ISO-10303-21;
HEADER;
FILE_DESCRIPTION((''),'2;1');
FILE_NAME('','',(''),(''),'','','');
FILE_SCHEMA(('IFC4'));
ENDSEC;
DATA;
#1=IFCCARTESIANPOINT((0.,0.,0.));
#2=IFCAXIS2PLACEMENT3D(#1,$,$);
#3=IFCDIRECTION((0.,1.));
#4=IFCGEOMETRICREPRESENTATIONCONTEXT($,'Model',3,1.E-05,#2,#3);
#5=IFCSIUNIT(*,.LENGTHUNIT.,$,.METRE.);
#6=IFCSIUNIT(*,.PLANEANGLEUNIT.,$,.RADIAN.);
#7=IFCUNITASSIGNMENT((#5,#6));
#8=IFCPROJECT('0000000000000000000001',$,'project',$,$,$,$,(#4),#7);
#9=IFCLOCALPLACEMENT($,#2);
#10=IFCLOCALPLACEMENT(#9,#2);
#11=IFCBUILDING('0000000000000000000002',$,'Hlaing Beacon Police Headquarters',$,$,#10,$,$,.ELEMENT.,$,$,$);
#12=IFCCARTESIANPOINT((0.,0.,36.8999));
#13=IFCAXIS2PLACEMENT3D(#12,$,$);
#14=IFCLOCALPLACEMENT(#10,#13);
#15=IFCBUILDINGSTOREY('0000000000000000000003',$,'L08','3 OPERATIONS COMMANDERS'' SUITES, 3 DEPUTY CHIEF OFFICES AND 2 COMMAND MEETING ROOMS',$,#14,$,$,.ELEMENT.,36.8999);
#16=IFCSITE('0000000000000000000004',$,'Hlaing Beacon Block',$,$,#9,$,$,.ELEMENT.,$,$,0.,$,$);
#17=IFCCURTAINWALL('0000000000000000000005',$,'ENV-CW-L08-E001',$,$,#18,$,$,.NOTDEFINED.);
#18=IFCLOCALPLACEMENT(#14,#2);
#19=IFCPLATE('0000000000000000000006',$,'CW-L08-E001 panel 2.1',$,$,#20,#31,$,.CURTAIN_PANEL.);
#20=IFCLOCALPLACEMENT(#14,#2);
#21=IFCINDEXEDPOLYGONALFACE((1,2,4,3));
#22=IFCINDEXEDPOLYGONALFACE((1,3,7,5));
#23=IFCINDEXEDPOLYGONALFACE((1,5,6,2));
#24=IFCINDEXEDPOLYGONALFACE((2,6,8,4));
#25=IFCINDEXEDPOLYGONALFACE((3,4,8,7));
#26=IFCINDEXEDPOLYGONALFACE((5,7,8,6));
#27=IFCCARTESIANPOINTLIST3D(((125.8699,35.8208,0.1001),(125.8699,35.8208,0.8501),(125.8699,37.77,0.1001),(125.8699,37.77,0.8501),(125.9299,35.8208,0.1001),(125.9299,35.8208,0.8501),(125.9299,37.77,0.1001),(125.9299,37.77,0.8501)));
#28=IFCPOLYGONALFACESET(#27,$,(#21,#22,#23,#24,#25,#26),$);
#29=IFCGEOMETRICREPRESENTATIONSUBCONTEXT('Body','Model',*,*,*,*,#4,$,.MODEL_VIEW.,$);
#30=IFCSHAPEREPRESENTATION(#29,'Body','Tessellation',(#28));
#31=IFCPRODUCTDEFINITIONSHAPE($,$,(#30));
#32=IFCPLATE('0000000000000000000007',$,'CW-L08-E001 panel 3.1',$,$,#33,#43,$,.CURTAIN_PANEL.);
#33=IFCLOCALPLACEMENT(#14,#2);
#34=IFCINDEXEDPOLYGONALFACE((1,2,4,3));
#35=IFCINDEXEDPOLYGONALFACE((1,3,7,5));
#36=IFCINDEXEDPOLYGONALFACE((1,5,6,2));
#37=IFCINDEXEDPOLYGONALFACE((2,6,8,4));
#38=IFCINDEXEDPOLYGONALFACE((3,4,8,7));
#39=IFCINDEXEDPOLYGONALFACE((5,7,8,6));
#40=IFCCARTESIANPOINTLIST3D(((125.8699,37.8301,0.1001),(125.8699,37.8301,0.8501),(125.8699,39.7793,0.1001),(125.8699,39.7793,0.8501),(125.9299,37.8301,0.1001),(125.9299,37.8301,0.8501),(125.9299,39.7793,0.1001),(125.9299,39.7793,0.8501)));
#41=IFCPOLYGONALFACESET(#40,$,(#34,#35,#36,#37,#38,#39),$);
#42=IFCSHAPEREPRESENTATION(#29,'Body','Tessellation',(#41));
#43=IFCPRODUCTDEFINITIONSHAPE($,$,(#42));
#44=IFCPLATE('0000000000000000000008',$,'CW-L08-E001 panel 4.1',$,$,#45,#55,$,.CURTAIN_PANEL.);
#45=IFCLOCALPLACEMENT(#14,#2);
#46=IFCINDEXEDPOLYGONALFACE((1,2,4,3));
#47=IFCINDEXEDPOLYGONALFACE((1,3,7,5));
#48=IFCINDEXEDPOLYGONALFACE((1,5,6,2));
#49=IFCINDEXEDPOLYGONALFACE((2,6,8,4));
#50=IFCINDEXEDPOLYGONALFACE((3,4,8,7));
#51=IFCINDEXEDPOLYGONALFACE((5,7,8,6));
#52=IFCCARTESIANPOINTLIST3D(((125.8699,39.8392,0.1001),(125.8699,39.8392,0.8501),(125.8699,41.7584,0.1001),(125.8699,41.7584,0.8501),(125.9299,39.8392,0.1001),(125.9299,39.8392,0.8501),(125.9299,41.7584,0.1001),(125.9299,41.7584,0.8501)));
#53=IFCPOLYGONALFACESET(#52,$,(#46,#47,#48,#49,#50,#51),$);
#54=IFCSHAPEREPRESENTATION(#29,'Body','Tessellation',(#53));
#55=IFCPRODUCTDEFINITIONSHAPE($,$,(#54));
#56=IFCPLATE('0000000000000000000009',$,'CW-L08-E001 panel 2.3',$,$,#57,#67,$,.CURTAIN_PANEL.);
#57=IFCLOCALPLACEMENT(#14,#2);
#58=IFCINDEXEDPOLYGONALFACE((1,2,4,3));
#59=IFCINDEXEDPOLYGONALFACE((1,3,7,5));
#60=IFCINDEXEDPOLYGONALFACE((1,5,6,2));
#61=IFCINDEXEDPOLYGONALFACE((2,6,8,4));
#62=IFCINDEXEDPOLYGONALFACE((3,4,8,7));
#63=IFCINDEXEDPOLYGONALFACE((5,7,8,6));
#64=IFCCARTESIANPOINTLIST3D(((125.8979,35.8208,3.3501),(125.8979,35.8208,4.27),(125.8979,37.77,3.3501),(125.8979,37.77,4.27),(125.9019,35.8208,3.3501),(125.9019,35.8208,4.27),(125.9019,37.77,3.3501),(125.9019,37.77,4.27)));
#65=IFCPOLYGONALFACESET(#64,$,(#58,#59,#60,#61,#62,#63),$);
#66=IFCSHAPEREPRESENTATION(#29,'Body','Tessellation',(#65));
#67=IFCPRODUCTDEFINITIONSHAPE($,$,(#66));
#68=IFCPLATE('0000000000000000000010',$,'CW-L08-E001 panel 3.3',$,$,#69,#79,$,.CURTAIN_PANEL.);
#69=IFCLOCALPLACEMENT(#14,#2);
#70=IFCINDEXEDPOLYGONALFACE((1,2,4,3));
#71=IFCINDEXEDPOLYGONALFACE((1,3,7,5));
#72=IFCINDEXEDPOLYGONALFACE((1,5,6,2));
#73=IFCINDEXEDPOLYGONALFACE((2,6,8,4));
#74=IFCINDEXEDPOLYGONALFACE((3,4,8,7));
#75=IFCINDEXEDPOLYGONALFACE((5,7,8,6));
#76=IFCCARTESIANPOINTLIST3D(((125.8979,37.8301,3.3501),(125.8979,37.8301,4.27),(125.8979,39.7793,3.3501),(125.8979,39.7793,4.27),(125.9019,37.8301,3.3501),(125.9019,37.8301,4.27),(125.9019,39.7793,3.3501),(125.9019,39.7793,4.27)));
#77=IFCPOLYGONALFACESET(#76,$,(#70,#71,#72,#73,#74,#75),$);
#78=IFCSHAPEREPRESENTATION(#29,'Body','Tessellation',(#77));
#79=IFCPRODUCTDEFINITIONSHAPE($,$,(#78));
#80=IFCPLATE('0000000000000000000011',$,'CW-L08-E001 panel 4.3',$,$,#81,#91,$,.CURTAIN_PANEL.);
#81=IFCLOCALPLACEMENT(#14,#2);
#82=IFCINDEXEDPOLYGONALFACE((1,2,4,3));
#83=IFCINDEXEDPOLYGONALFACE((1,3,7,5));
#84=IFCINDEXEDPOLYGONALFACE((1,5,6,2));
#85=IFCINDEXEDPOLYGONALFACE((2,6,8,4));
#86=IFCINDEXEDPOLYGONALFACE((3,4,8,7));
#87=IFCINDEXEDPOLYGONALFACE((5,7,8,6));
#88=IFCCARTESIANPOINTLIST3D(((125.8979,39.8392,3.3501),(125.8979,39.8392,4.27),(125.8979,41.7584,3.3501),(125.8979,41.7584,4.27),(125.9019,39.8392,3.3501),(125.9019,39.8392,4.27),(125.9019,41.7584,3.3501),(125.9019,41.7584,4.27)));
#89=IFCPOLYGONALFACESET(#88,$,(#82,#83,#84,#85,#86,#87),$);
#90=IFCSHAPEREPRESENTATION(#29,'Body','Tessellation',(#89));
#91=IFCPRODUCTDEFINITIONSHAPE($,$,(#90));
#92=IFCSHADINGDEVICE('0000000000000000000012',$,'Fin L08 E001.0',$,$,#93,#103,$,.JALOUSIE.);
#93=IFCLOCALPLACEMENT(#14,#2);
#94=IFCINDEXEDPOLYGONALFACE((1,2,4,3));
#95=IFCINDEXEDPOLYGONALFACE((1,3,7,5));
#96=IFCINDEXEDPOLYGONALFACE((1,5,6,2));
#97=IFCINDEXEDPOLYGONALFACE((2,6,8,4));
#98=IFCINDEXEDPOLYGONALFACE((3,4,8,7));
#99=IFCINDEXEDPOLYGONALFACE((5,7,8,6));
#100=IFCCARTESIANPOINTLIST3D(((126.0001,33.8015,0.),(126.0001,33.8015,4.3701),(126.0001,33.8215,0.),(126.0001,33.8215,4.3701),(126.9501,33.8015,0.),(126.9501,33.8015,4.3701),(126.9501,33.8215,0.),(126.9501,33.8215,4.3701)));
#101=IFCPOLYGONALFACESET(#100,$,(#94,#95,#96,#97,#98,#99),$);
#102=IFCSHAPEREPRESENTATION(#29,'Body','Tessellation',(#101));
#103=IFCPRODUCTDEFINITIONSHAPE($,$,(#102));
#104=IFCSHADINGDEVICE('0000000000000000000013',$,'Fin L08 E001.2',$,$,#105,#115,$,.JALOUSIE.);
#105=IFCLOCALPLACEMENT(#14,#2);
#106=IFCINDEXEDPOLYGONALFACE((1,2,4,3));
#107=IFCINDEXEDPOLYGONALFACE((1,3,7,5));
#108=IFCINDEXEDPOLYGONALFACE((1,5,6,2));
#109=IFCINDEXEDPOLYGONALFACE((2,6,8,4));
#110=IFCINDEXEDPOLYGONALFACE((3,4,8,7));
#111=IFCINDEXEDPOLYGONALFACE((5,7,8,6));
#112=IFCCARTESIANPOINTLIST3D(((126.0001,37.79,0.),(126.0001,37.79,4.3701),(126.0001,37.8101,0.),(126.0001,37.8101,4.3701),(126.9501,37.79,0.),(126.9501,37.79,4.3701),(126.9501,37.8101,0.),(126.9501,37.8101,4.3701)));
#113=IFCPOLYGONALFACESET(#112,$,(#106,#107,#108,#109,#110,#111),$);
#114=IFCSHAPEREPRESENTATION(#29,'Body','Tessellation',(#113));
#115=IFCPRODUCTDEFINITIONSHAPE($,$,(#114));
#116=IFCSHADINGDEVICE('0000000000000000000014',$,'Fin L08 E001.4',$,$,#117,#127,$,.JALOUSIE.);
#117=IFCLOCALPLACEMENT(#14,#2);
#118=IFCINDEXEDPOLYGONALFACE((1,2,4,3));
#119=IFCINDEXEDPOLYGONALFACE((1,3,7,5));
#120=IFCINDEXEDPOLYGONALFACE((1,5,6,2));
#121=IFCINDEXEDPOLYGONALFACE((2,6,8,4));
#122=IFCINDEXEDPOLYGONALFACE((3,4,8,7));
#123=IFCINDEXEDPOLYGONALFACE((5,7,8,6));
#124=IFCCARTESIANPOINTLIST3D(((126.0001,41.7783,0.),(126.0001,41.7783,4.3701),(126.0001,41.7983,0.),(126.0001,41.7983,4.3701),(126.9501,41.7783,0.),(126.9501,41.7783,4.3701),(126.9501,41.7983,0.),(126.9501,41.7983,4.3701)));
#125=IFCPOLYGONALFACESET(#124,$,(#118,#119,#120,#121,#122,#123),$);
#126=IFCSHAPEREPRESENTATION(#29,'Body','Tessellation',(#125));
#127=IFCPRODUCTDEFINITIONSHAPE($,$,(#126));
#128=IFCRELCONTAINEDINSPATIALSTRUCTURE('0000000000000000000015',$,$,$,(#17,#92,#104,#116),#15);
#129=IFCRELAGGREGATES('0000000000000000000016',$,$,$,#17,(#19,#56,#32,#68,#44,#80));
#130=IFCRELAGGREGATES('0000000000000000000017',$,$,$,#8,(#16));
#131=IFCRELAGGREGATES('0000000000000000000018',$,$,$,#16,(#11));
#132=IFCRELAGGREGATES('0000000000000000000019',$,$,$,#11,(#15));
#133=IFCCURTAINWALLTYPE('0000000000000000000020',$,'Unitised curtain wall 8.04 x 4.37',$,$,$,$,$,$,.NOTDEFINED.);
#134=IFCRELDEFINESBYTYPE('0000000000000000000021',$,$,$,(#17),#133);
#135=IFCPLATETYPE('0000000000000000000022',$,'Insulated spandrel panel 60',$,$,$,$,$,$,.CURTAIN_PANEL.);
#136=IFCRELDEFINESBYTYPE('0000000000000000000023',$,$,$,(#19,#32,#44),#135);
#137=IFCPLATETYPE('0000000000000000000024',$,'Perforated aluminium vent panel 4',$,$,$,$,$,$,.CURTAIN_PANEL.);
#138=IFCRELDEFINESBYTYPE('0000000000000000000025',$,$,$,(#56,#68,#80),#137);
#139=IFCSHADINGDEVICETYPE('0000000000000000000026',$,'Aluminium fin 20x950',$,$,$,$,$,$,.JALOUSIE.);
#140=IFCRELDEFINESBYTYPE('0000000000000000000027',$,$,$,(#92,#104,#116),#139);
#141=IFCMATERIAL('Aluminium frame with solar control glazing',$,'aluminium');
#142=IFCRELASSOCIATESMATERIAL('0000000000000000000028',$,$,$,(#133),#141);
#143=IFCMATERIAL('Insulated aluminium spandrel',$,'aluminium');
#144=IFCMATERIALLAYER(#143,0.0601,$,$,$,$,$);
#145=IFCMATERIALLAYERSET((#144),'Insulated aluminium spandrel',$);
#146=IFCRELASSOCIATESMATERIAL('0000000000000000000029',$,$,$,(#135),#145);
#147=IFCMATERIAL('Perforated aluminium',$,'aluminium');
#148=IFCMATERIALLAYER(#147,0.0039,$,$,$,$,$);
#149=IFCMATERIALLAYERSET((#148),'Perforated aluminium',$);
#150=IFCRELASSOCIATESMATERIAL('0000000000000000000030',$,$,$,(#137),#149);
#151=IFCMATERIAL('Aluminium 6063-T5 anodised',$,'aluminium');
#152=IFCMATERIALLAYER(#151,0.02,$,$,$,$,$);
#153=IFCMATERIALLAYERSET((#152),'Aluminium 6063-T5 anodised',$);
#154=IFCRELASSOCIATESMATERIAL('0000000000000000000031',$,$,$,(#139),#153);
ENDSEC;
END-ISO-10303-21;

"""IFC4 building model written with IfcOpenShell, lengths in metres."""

from ifc_helpers import new_model, si_unit, direction, frame, origin, origin_2d, place, context, subcontext, project, spatial, rectangle, extrude, material, layer, layer_set, type_object, element, aggregate, save


model = new_model("IFC4")

# Units and contexts
model_context = context("Model", 3, precision=1e-05, world=origin(), true_north=direction((0.0, 1.0)))
body_context = subcontext(model_context, "Body", "Model", "MODEL_VIEW")
ifc_project = project(units=[si_unit("LENGTHUNIT", "METRE"), si_unit("PLANEANGLEUNIT", "RADIAN")], contexts=[model_context])

# Site, building, storey
site_placement = place(None, origin())
site = spatial("IfcSite", under=ifc_project, at=site_placement, Name="Hlaing Beacon Block", CompositionType="ELEMENT", RefElevation=0.0)
building_placement = place(site_placement, origin())
building = spatial("IfcBuilding", under=site, at=building_placement, Name="Hlaing Beacon Police Headquarters", CompositionType="ELEMENT")
storey_placement = place(building_placement, frame((0.0, 0.0, 36.8999)))
storey = spatial("IfcBuildingStorey", under=building, at=storey_placement, Name="L08", Description="3 OPERATIONS COMMANDERS' SUITES, 3 DEPUTY CHIEF OFFICES AND 2 COMMAND MEETING ROOMS", CompositionType="ELEMENT", Elevation=36.8999)

# Curtain wall, plates
ifc_material_1 = material(Name="Aluminium frame with solar control glazing", Category="aluminium")
curtain_wall_type = type_object("IfcCurtainWallType", Name="Unitised curtain wall 8.04 x 4.37", PredefinedType="NOTDEFINED", material=ifc_material_1)
curtain_wall_placement = place(storey_placement, origin())
curtain_wall = element("IfcCurtainWall", 1, at=curtain_wall_placement, inside=storey, type_object=curtain_wall_type, Name="ENV-CW-L08-E001", PredefinedType="NOTDEFINED")
ifc_material_2 = material(Name="Insulated aluminium spandrel", Category="aluminium")
ifc_layer_1 = layer(ifc_material_2, 0.0601)
ifc_layer_set_1 = layer_set([ifc_layer_1], Name="Insulated aluminium spandrel")
plate_type_1 = type_object("IfcPlateType", Name="Insulated spandrel panel 60", PredefinedType="CURTAIN_PANEL", material=ifc_layer_set_1)
plate_1_placement = place(storey_placement, frame((125.8999, 36.7954, 0.1001), z_axis=(0.0, 0.0, 1.0), x_axis=(0.0, 1.0, 0.0)))
plate_1 = element("IfcPlate", 2, at=plate_1_placement, type_object=plate_type_1, Name="CW-L08-E001 panel 2.1", PredefinedType="CURTAIN_PANEL", context=body_context, shape_type="SweptSolid", body=[
    extrude(rectangle(XDim=1.9492, YDim=0.0601, at=origin_2d()), origin(), (0.0, 0.0, 1.0), 0.75),
])
plate_2_placement = place(storey_placement, frame((125.8999, 38.8047, 0.1001), z_axis=(0.0, 0.0, 1.0), x_axis=(0.0, 1.0, 0.0)))
plate_2 = element("IfcPlate", 3, at=plate_2_placement, type_object=plate_type_1, Name="CW-L08-E001 panel 3.1", PredefinedType="CURTAIN_PANEL", context=body_context, shape_type="SweptSolid", body=[
    extrude(rectangle(XDim=1.9492, YDim=0.0601, at=origin_2d()), origin(), (0.0, 0.0, 1.0), 0.75),
])
plate_3_placement = place(storey_placement, frame((125.8999, 40.7988, 0.1001), z_axis=(0.0, 0.0, 1.0), x_axis=(0.0, 1.0, 0.0)))
plate_3 = element("IfcPlate", 4, at=plate_3_placement, type_object=plate_type_1, Name="CW-L08-E001 panel 4.1", PredefinedType="CURTAIN_PANEL", context=body_context, shape_type="SweptSolid", body=[
    extrude(rectangle(XDim=1.9192, YDim=0.0601, at=origin_2d()), origin(), (0.0, 0.0, 1.0), 0.75),
])
ifc_material_3 = material(Name="Perforated aluminium", Category="aluminium")
ifc_layer_2 = layer(ifc_material_3, 0.0039)
ifc_layer_set_2 = layer_set([ifc_layer_2], Name="Perforated aluminium")
plate_type_2 = type_object("IfcPlateType", Name="Perforated aluminium vent panel 4", PredefinedType="CURTAIN_PANEL", material=ifc_layer_set_2)
plate_4_placement = place(storey_placement, frame((125.8999, 36.7954, 3.3501), z_axis=(0.0, 0.0, 1.0), x_axis=(0.0, 1.0, 0.0)))
plate_4 = element("IfcPlate", 5, at=plate_4_placement, type_object=plate_type_2, Name="CW-L08-E001 panel 2.3", PredefinedType="CURTAIN_PANEL", context=body_context, shape_type="SweptSolid", body=[
    extrude(rectangle(XDim=1.9492, YDim=0.0039, at=origin_2d()), origin(), (0.0, 0.0, 1.0), 0.9199),
])
plate_5_placement = place(storey_placement, frame((125.8999, 38.8047, 3.3501), z_axis=(0.0, 0.0, 1.0), x_axis=(0.0, 1.0, 0.0)))
plate_5 = element("IfcPlate", 6, at=plate_5_placement, type_object=plate_type_2, Name="CW-L08-E001 panel 3.3", PredefinedType="CURTAIN_PANEL", context=body_context, shape_type="SweptSolid", body=[
    extrude(rectangle(XDim=1.9492, YDim=0.0039, at=origin_2d()), origin(), (0.0, 0.0, 1.0), 0.9199),
])
plate_6_placement = place(storey_placement, frame((125.8999, 40.7988, 3.3501), z_axis=(0.0, 0.0, 1.0), x_axis=(0.0, 1.0, 0.0)))
plate_6 = element("IfcPlate", 7, at=plate_6_placement, type_object=plate_type_2, Name="CW-L08-E001 panel 4.3", PredefinedType="CURTAIN_PANEL", context=body_context, shape_type="SweptSolid", body=[
    extrude(rectangle(XDim=1.9192, YDim=0.0039, at=origin_2d()), origin(), (0.0, 0.0, 1.0), 0.9199),
])
aggregate(curtain_wall, [plate_1, plate_4, plate_2, plate_5, plate_3, plate_6])

# Shading devices
ifc_material_4 = material(Name="Aluminium 6063-T5 anodised", Category="aluminium")
ifc_layer_3 = layer(ifc_material_4, 0.02)
ifc_layer_set_3 = layer_set([ifc_layer_3], Name="Aluminium 6063-T5 anodised")
shading_device_type = type_object("IfcShadingDeviceType", Name="Aluminium fin 20x950", PredefinedType="JALOUSIE", material=ifc_layer_set_3)
for number, where, z_axis, x_axis, name in (
    (8, (126.4751, 33.8115, 0.0), (0.0, 0.0, 1.0), (0.0, 1.0, 0.0), "Fin L08 E001.0"),
    (9, (126.4751, 37.8, 0.0), (0.0, 0.0, 1.0), (0.0, 1.0, 0.0), "Fin L08 E001.2"),
    (10, (126.4751, 41.7883, 0.0), (0.0, 0.0, 1.0), (0.0, 1.0, 0.0), "Fin L08 E001.4"),
):
    element("IfcShadingDevice", number, at=place(storey_placement, frame(where, z_axis=z_axis, x_axis=x_axis)), inside=storey, type_object=shading_device_type, Name=name, PredefinedType="JALOUSIE", context=body_context, shape_type="SweptSolid", body=[
        extrude(rectangle(XDim=0.02, YDim=0.95, at=origin_2d()), origin(), (0.0, 0.0, 1.0), 4.3701),
    ])

save(model, "model.ifc")
